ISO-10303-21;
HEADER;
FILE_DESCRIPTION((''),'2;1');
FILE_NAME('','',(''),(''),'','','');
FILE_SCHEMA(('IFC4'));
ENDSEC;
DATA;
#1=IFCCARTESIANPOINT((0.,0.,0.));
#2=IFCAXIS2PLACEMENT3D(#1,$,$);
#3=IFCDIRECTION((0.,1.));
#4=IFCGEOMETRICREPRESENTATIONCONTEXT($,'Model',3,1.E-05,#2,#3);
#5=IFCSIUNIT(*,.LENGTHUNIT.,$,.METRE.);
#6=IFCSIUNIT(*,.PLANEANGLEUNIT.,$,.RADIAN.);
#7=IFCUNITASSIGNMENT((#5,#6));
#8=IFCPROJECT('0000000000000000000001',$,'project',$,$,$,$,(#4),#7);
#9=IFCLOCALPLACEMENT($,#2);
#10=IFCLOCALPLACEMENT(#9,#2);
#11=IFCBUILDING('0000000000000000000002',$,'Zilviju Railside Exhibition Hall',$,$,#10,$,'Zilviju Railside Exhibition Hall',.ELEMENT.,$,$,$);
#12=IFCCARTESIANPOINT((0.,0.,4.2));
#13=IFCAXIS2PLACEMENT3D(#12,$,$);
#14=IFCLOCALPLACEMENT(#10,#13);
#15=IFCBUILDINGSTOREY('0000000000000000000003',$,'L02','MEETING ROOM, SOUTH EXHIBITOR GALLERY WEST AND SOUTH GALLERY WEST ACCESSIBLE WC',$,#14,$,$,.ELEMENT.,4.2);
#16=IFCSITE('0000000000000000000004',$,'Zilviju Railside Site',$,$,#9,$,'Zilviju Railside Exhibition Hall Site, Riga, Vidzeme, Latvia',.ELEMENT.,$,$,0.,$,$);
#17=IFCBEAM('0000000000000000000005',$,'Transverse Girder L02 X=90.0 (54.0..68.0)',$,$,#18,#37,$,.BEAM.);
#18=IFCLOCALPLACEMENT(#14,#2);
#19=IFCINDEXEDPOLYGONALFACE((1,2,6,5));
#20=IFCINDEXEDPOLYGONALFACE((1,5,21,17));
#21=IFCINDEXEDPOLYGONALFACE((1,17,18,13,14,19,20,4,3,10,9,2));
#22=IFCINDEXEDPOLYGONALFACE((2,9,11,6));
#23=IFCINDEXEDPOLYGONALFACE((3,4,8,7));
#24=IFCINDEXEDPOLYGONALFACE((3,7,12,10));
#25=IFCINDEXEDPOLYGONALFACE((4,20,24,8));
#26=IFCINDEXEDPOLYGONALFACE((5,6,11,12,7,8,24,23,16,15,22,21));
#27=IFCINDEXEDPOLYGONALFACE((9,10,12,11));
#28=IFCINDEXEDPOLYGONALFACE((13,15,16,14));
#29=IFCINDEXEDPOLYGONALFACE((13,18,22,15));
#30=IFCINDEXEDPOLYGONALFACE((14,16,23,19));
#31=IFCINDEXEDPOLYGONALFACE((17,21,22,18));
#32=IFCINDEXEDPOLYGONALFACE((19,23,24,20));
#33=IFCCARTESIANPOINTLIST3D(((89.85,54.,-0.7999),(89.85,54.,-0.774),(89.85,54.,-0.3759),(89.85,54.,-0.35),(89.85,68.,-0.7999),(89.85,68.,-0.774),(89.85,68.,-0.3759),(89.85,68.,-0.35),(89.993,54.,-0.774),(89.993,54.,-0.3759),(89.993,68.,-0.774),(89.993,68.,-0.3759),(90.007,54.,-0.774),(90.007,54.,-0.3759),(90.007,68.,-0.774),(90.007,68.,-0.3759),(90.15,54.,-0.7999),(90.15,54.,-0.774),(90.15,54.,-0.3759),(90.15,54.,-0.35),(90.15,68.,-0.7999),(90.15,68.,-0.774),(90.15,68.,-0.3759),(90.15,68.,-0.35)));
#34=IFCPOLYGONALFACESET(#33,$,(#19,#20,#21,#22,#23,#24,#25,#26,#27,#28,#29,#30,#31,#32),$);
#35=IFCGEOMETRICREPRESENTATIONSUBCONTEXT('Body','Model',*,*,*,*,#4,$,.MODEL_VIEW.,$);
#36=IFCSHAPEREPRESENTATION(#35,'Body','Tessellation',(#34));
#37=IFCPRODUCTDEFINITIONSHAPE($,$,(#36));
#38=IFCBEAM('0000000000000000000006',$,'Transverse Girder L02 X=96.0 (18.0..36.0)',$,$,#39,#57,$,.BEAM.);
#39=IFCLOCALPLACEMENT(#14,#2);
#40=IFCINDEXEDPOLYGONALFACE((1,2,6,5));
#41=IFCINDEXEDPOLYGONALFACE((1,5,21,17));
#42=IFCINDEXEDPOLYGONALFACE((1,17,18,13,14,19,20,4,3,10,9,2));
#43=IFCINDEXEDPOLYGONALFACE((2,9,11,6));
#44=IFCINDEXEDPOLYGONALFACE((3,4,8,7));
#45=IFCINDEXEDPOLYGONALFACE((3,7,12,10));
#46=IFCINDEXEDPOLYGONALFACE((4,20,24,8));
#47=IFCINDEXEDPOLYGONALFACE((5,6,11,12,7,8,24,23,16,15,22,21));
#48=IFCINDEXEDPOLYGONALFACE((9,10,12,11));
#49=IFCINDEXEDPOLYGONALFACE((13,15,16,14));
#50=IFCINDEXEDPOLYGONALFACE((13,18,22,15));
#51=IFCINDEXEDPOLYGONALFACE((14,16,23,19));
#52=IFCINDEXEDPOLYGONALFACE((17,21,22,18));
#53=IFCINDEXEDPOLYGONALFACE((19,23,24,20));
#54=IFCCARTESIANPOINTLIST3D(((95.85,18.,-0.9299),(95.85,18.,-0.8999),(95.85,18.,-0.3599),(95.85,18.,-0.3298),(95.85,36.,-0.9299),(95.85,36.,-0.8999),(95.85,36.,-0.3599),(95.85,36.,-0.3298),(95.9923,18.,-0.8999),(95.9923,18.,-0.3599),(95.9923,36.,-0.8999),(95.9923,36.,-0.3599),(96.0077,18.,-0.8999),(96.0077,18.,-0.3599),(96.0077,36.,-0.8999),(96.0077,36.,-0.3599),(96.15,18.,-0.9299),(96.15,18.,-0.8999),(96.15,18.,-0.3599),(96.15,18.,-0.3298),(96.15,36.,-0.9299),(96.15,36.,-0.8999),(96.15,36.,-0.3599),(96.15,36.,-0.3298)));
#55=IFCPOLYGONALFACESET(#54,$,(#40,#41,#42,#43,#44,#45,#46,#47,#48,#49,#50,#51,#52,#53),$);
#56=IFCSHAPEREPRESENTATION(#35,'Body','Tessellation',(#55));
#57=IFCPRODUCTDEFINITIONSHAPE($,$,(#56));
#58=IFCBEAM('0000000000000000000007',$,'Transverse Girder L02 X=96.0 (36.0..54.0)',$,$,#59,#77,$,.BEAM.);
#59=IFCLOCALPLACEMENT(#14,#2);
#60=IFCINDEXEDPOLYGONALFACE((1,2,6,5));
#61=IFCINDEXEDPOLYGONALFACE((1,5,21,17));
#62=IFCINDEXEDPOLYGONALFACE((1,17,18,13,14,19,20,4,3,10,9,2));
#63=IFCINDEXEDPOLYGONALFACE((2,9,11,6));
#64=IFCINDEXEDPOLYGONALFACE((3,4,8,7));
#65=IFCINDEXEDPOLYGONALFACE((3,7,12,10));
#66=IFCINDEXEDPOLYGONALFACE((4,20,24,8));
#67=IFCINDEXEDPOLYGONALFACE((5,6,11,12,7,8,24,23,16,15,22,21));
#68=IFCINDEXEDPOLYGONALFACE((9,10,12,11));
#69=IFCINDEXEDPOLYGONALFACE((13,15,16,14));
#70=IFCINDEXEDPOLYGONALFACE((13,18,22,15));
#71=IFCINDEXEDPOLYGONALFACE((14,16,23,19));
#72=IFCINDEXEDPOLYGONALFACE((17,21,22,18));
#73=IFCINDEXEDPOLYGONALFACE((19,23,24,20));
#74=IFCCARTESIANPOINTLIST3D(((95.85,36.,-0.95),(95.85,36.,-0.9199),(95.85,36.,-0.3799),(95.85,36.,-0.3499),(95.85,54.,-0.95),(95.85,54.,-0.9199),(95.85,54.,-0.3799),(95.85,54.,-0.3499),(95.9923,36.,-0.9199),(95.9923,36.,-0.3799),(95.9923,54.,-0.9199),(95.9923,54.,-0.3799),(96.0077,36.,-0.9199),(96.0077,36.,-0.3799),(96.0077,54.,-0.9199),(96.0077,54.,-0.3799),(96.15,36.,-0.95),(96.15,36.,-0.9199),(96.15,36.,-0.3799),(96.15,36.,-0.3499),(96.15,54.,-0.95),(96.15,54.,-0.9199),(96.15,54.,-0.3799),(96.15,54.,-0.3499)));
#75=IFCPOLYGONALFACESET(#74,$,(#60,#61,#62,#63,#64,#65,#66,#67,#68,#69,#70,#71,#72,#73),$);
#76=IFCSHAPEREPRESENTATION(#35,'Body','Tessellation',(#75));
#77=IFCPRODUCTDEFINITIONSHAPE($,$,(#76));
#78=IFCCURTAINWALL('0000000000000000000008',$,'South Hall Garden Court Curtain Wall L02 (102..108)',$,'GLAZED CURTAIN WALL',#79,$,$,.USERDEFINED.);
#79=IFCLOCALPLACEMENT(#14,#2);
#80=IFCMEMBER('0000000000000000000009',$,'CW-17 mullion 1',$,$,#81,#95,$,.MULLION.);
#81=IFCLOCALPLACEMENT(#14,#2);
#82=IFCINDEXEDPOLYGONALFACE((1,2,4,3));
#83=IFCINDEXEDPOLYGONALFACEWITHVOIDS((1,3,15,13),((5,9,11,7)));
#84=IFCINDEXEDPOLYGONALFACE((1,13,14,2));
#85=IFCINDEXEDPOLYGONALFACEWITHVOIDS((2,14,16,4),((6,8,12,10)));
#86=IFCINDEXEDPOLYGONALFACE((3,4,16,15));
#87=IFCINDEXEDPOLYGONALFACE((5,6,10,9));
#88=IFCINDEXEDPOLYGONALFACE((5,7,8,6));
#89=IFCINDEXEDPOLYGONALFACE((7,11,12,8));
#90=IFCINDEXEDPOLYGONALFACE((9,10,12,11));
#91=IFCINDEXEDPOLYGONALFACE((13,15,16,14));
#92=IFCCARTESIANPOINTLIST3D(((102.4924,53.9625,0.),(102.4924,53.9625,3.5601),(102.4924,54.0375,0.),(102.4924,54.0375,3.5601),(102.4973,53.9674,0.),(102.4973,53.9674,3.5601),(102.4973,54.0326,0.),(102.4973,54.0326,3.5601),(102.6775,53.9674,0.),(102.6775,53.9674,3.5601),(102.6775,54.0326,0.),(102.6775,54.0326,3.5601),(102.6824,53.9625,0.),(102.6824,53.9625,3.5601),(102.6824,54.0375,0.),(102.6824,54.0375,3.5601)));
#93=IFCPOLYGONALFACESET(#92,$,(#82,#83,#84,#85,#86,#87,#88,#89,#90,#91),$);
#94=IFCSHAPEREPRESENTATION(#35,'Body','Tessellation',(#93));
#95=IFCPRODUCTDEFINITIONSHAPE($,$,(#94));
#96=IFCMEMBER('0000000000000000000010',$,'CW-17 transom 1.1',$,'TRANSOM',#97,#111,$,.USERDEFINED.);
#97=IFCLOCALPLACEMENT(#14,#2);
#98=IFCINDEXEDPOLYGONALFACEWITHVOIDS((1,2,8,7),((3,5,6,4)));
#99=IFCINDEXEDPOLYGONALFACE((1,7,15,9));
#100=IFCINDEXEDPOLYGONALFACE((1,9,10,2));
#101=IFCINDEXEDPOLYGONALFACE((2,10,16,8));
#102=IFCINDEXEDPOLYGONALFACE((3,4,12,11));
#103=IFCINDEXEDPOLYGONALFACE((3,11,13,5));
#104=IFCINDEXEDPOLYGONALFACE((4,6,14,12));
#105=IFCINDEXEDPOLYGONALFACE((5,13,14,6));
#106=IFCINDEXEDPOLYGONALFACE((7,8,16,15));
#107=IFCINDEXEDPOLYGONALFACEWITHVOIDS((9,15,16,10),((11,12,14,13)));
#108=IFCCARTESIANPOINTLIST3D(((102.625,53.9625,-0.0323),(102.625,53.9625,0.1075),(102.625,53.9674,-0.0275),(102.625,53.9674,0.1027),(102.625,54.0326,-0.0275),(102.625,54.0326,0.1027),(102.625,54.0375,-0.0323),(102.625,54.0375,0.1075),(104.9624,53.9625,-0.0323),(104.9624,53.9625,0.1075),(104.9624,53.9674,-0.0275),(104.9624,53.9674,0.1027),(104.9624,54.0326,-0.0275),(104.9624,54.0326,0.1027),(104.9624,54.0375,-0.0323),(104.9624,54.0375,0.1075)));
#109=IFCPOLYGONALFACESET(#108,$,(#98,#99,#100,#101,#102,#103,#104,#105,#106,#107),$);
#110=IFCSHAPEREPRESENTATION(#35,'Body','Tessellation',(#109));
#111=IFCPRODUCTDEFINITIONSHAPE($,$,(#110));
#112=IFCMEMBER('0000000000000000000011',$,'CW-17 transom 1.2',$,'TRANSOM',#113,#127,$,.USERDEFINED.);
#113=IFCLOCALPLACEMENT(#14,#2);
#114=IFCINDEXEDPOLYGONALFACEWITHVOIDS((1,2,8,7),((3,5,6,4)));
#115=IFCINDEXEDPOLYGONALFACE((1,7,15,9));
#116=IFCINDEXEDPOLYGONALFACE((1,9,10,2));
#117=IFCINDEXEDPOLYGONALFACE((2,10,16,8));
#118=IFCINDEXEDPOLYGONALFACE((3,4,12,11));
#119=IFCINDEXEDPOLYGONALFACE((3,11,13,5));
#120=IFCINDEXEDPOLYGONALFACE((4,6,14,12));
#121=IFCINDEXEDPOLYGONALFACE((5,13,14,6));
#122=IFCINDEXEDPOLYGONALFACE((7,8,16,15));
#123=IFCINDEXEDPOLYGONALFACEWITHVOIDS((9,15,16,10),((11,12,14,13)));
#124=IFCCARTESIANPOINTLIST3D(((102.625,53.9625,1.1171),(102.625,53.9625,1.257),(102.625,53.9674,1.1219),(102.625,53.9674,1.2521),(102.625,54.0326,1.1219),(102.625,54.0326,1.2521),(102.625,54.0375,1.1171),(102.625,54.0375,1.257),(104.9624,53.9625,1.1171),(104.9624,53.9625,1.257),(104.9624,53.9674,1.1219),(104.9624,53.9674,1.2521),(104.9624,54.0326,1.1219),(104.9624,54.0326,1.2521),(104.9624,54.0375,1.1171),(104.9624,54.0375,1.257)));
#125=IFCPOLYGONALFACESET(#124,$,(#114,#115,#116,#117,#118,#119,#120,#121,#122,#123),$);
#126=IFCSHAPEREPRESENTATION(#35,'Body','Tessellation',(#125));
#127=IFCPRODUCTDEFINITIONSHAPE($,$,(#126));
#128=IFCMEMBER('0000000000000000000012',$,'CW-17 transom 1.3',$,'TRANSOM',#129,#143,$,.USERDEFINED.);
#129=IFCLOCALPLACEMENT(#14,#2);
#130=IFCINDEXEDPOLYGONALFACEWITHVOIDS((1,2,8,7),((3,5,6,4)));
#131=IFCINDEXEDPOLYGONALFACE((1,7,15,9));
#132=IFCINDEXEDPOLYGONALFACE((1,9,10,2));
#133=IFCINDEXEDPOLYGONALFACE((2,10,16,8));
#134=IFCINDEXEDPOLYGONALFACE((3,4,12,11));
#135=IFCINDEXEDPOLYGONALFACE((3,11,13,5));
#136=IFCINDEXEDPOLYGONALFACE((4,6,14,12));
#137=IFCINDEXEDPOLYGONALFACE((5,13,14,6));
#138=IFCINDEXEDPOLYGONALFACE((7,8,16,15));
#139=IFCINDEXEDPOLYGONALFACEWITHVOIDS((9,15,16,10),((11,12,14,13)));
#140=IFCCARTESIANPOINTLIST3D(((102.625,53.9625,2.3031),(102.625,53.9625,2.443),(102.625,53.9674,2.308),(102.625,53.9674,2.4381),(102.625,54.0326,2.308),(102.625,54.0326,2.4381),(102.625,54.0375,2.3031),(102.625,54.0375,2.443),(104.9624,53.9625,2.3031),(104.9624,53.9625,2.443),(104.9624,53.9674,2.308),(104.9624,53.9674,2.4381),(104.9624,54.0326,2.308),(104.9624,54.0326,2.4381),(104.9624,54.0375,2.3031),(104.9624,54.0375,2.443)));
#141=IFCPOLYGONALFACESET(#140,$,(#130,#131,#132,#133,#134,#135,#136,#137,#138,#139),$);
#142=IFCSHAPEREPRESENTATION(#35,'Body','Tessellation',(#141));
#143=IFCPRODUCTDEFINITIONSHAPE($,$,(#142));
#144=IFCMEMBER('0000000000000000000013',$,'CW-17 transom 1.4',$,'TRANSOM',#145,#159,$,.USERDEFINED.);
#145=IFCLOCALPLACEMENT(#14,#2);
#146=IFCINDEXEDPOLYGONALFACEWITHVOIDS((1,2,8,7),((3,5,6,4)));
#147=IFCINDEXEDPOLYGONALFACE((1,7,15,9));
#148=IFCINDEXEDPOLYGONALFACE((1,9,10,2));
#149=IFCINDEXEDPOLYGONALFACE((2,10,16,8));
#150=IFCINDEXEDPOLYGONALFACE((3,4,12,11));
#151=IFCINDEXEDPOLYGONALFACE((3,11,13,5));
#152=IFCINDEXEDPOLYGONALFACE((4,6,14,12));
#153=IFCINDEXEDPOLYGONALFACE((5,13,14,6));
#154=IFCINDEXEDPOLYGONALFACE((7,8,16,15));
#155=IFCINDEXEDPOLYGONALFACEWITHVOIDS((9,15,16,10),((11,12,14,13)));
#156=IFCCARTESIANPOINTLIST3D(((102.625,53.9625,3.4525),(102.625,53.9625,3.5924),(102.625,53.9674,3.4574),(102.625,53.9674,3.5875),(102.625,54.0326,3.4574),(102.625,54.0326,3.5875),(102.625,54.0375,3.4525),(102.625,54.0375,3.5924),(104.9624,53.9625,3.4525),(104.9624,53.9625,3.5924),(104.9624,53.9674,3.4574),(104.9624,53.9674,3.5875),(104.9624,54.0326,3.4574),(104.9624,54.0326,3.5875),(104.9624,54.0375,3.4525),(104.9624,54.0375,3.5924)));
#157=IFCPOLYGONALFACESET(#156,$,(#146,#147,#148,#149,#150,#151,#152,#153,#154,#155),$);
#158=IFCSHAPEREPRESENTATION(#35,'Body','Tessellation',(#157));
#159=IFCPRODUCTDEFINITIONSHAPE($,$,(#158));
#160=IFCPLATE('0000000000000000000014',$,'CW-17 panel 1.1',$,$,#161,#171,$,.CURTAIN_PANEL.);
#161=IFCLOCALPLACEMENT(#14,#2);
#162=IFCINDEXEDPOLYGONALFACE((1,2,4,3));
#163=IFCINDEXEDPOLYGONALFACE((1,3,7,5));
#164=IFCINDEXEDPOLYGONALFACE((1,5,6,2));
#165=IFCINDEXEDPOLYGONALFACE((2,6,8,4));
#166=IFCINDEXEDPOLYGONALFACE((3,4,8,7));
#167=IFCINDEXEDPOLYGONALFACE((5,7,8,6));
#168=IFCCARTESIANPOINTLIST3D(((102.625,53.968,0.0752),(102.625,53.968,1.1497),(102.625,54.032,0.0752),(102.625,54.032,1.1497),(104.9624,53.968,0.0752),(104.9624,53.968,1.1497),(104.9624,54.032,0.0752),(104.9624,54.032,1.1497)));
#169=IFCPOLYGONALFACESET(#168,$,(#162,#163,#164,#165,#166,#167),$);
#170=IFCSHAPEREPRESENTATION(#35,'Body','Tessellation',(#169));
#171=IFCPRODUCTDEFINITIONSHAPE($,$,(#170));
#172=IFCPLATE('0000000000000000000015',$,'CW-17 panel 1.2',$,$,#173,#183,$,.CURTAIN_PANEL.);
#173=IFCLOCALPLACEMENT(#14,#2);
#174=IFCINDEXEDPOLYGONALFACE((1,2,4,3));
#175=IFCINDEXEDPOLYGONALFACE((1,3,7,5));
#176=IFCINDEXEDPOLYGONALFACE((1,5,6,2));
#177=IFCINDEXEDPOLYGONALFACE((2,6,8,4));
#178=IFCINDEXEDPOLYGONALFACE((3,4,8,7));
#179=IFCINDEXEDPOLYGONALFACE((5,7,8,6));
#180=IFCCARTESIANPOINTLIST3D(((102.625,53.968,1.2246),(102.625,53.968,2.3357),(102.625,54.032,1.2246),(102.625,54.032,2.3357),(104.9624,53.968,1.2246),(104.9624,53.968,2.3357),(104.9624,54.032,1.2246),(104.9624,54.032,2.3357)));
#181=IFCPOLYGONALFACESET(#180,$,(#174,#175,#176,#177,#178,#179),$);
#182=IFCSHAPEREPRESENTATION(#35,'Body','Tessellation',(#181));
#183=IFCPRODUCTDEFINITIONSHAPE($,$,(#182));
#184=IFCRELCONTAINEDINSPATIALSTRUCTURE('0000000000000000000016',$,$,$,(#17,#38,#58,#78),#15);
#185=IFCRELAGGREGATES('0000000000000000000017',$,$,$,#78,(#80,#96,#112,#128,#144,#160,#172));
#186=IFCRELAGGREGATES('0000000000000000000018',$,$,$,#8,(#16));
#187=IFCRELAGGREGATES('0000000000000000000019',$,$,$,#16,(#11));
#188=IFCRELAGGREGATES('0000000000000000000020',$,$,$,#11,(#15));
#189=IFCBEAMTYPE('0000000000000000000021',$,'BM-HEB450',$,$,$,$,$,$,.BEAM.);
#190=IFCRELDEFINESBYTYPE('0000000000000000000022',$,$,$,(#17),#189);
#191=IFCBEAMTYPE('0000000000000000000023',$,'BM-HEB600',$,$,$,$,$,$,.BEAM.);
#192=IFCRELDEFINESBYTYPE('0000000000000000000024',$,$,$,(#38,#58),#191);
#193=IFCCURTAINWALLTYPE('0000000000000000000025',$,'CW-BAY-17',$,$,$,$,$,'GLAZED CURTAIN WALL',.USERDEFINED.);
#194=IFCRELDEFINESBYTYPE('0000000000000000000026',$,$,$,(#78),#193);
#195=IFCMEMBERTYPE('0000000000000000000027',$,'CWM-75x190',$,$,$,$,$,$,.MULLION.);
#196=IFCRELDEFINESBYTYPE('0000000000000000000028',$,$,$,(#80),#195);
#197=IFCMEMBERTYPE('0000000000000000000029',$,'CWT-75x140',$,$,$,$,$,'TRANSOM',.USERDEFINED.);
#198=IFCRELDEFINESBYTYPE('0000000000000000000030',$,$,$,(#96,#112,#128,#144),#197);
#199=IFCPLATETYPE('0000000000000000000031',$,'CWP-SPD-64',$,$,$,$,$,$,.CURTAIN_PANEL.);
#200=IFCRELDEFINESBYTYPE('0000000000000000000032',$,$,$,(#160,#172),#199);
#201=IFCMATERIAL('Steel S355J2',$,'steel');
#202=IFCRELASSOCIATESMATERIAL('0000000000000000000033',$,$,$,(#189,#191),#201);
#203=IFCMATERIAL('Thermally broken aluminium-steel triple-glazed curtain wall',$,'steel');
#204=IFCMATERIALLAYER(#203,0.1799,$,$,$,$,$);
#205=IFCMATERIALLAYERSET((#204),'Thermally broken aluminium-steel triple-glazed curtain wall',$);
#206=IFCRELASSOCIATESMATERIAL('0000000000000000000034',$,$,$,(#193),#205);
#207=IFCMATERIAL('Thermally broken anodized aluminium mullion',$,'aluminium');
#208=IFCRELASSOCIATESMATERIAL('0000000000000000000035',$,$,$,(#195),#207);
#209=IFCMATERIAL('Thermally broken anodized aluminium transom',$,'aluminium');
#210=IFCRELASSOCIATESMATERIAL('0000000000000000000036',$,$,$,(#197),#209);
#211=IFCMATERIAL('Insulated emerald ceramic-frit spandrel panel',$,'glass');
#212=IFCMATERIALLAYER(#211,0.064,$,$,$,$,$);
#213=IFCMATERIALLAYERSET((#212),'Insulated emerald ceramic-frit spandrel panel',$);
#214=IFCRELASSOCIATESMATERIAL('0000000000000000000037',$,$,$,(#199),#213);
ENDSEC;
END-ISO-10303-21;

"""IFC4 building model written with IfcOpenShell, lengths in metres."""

from ifc_helpers import new_model, si_unit, direction, frame, origin, origin_2d, place, context, subcontext, project, spatial, rectangle, hollow_rectangle, i_section, extrude, material, layer, layer_set, material_profile, profile_set, type_object, element, aggregate, save


model = new_model("IFC4")

# Units and contexts
model_context = context("Model", 3, precision=1e-05, world=origin(), true_north=direction((0.0, 1.0)))
body_context = subcontext(model_context, "Body", "Model", "MODEL_VIEW")
ifc_project = project(units=[si_unit("LENGTHUNIT", "METRE"), si_unit("PLANEANGLEUNIT", "RADIAN")], contexts=[model_context])

# Site, building, storey
site_placement = place(None, origin())
site = spatial("IfcSite", under=ifc_project, at=site_placement, Name="Zilviju Railside Site", LongName="Zilviju Railside Exhibition Hall Site, Riga, Vidzeme, Latvia", CompositionType="ELEMENT", RefElevation=0.0)
building_placement = place(site_placement, origin())
building = spatial("IfcBuilding", under=site, at=building_placement, Name="Zilviju Railside Exhibition Hall", LongName="Zilviju Railside Exhibition Hall", CompositionType="ELEMENT")
storey_placement = place(building_placement, frame((0.0, 0.0, 4.2)))
storey = spatial("IfcBuildingStorey", under=building, at=storey_placement, Name="L02", Description="MEETING ROOM, SOUTH EXHIBITOR GALLERY WEST AND SOUTH GALLERY WEST ACCESSIBLE WC", CompositionType="ELEMENT", Elevation=4.2)

# Beams
ifc_material_1 = material(Name="Steel S355J2", Category="steel")
ifc_material_profile_1 = material_profile(ifc_material_1, i_section(OverallWidth=0.3, OverallDepth=0.45, WebThickness=0.0139, FlangeThickness=0.0259, at=origin_2d()), Name="HEB 450")
ifc_profile_set_1 = profile_set([ifc_material_profile_1], Name="Steel S355J2")
beam_type_1 = type_object("IfcBeamType", Name="BM-HEB450", PredefinedType="BEAM", material=ifc_profile_set_1)
beam_1_placement = place(storey_placement, frame((90.0, 54.0, -0.575), z_axis=(0.0, 1.0, 0.0), x_axis=(-1.0, 0.0, 0.0)))
element("IfcBeam", 1, at=beam_1_placement, inside=storey, type_object=beam_type_1, Name="Transverse Girder L02 X=90.0 (54.0..68.0)", PredefinedType="BEAM", context=body_context, shape_type="SweptSolid", body=[
    extrude(i_section(OverallWidth=0.3, OverallDepth=0.45, WebThickness=0.0139, FlangeThickness=0.0259, at=origin_2d()), origin(), (0.0, 0.0, 1.0), 14.0),
])
ifc_material_profile_2 = material_profile(ifc_material_1, i_section(OverallWidth=0.3, OverallDepth=0.6001, WebThickness=0.0154, FlangeThickness=0.03, at=origin_2d()), Name="HEB 600")
ifc_profile_set_2 = profile_set([ifc_material_profile_2], Name="Steel S355J2")
beam_type_2 = type_object("IfcBeamType", Name="BM-HEB600", PredefinedType="BEAM", material=ifc_profile_set_2)
for number, where, z_axis, x_axis, name in (
    (2, (96.0, 18.0, -0.6299), (0.0, 1.0, 0.0), (-1.0, 0.0, 0.0), "Transverse Girder L02 X=96.0 (18.0..36.0)"),
    (3, (96.0, 36.0, -0.6499), (0.0, 1.0, 0.0), (-1.0, 0.0, 0.0), "Transverse Girder L02 X=96.0 (36.0..54.0)"),
):
    element("IfcBeam", number, at=place(storey_placement, frame(where, z_axis=z_axis, x_axis=x_axis)), inside=storey, type_object=beam_type_2, Name=name, PredefinedType="BEAM", context=body_context, shape_type="SweptSolid", body=[
        extrude(i_section(OverallWidth=0.3, OverallDepth=0.6001, WebThickness=0.0154, FlangeThickness=0.03, at=origin_2d()), origin(), (0.0, 0.0, 1.0), 18.0),
    ])

# Curtain wall, members, plates
ifc_material_2 = material(Name="Thermally broken aluminium-steel triple-glazed curtain wall", Category="steel")
ifc_layer_1 = layer(ifc_material_2, 0.1799)
ifc_layer_set_1 = layer_set([ifc_layer_1], Name="Thermally broken aluminium-steel triple-glazed curtain wall")
curtain_wall_type = type_object("IfcCurtainWallType", Name="CW-BAY-17", ElementType="GLAZED CURTAIN WALL", PredefinedType="USERDEFINED", material=ifc_layer_set_1)
curtain_wall_placement = place(storey_placement, origin())
curtain_wall = element("IfcCurtainWall", 4, at=curtain_wall_placement, inside=storey, type_object=curtain_wall_type, Name="South Hall Garden Court Curtain Wall L02 (102..108)", ObjectType="GLAZED CURTAIN WALL", PredefinedType="USERDEFINED")
ifc_material_3 = material(Name="Thermally broken anodized aluminium mullion", Category="aluminium")
ifc_material_profile_3 = material_profile(ifc_material_3, hollow_rectangle(XDim=0.075, YDim=0.1899, WallThickness=0.0049, at=origin_2d()), Name="MULLION 190x75x5")
ifc_profile_set_3 = profile_set([ifc_material_profile_3], Name="Thermally broken anodized aluminium mullion")
member_type_1 = type_object("IfcMemberType", Name="CWM-75x190", PredefinedType="MULLION", material=ifc_profile_set_3)
member_1_placement = place(storey_placement, frame((102.5874, 54.0, 0.0), z_axis=(0.0, 0.0, 1.0), x_axis=(0.0, 1.0, 0.0)))
member_1 = element("IfcMember", 5, at=member_1_placement, type_object=member_type_1, Name="CW-17 mullion 1", PredefinedType="MULLION", context=body_context, shape_type="SweptSolid", body=[
    extrude(hollow_rectangle(XDim=0.075, YDim=0.1899, WallThickness=0.0049, at=origin_2d()), origin(), (0.0, 0.0, 1.0), 3.5601),
])
ifc_material_4 = material(Name="Thermally broken anodized aluminium transom", Category="aluminium")
ifc_material_profile_4 = material_profile(ifc_material_4, hollow_rectangle(XDim=0.075, YDim=0.1399, WallThickness=0.0049, at=origin_2d()), Name="TRANSOM 140x75x5")
ifc_profile_set_4 = profile_set([ifc_material_profile_4], Name="Thermally broken anodized aluminium transom")
member_type_2 = type_object("IfcMemberType", Name="CWT-75x140", ElementType="TRANSOM", PredefinedType="USERDEFINED", material=ifc_profile_set_4)
member_2_placement = place(storey_placement, frame((102.625, 54.0, 0.0376), z_axis=(1.0, 0.0, 0.0), x_axis=(0.0, 1.0, 0.0)))
member_2 = element("IfcMember", 6, at=member_2_placement, type_object=member_type_2, Name="CW-17 transom 1.1", ObjectType="TRANSOM", PredefinedType="USERDEFINED", context=body_context, shape_type="SweptSolid", body=[
    extrude(hollow_rectangle(XDim=0.075, YDim=0.1399, WallThickness=0.0049, at=origin_2d()), origin(), (0.0, 0.0, 1.0), 2.3374),
])
member_3_placement = place(storey_placement, frame((102.625, 54.0, 1.187), z_axis=(1.0, 0.0, 0.0), x_axis=(0.0, 1.0, 0.0)))
member_3 = element("IfcMember", 7, at=member_3_placement, type_object=member_type_2, Name="CW-17 transom 1.2", ObjectType="TRANSOM", PredefinedType="USERDEFINED", context=body_context, shape_type="SweptSolid", body=[
    extrude(hollow_rectangle(XDim=0.075, YDim=0.1399, WallThickness=0.0049, at=origin_2d()), origin(), (0.0, 0.0, 1.0), 2.3374),
])
member_4_placement = place(storey_placement, frame((102.625, 54.0, 2.373), z_axis=(1.0, 0.0, 0.0), x_axis=(0.0, 1.0, 0.0)))
member_4 = element("IfcMember", 8, at=member_4_placement, type_object=member_type_2, Name="CW-17 transom 1.3", ObjectType="TRANSOM", PredefinedType="USERDEFINED", context=body_context, shape_type="SweptSolid", body=[
    extrude(hollow_rectangle(XDim=0.075, YDim=0.1399, WallThickness=0.0049, at=origin_2d()), origin(), (0.0, 0.0, 1.0), 2.3374),
])
member_5_placement = place(storey_placement, frame((102.625, 54.0, 3.5225), z_axis=(1.0, 0.0, 0.0), x_axis=(0.0, 1.0, 0.0)))
member_5 = element("IfcMember", 9, at=member_5_placement, type_object=member_type_2, Name="CW-17 transom 1.4", ObjectType="TRANSOM", PredefinedType="USERDEFINED", context=body_context, shape_type="SweptSolid", body=[
    extrude(hollow_rectangle(XDim=0.075, YDim=0.1399, WallThickness=0.0049, at=origin_2d()), origin(), (0.0, 0.0, 1.0), 2.3374),
])
ifc_material_5 = material(Name="Insulated emerald ceramic-frit spandrel panel", Category="glass")
ifc_layer_2 = layer(ifc_material_5, 0.064)
ifc_layer_set_2 = layer_set([ifc_layer_2], Name="Insulated emerald ceramic-frit spandrel panel")
plate_type = type_object("IfcPlateType", Name="CWP-SPD-64", PredefinedType="CURTAIN_PANEL", material=ifc_layer_set_2)
plate_1_placement = place(storey_placement, frame((103.7937, 54.0, 0.0752), z_axis=(0.0, 0.0, 1.0), x_axis=(1.0, 0.0, 0.0)))
plate_1 = element("IfcPlate", 10, at=plate_1_placement, type_object=plate_type, Name="CW-17 panel 1.1", PredefinedType="CURTAIN_PANEL", context=body_context, shape_type="SweptSolid", body=[
    extrude(rectangle(XDim=2.3374, YDim=0.064, at=origin_2d()), origin(), (0.0, 0.0, 1.0), 1.0745),
])
plate_2_placement = place(storey_placement, frame((103.7937, 54.0, 1.2246), z_axis=(0.0, 0.0, 1.0), x_axis=(1.0, 0.0, 0.0)))
plate_2 = element("IfcPlate", 11, at=plate_2_placement, type_object=plate_type, Name="CW-17 panel 1.2", PredefinedType="CURTAIN_PANEL", context=body_context, shape_type="SweptSolid", body=[
    extrude(rectangle(XDim=2.3374, YDim=0.064, at=origin_2d()), origin(), (0.0, 0.0, 1.0), 1.1111),
])
aggregate(curtain_wall, [member_1, member_2, member_3, member_4, member_5, plate_1, plate_2])

save(model, "model.ifc")
